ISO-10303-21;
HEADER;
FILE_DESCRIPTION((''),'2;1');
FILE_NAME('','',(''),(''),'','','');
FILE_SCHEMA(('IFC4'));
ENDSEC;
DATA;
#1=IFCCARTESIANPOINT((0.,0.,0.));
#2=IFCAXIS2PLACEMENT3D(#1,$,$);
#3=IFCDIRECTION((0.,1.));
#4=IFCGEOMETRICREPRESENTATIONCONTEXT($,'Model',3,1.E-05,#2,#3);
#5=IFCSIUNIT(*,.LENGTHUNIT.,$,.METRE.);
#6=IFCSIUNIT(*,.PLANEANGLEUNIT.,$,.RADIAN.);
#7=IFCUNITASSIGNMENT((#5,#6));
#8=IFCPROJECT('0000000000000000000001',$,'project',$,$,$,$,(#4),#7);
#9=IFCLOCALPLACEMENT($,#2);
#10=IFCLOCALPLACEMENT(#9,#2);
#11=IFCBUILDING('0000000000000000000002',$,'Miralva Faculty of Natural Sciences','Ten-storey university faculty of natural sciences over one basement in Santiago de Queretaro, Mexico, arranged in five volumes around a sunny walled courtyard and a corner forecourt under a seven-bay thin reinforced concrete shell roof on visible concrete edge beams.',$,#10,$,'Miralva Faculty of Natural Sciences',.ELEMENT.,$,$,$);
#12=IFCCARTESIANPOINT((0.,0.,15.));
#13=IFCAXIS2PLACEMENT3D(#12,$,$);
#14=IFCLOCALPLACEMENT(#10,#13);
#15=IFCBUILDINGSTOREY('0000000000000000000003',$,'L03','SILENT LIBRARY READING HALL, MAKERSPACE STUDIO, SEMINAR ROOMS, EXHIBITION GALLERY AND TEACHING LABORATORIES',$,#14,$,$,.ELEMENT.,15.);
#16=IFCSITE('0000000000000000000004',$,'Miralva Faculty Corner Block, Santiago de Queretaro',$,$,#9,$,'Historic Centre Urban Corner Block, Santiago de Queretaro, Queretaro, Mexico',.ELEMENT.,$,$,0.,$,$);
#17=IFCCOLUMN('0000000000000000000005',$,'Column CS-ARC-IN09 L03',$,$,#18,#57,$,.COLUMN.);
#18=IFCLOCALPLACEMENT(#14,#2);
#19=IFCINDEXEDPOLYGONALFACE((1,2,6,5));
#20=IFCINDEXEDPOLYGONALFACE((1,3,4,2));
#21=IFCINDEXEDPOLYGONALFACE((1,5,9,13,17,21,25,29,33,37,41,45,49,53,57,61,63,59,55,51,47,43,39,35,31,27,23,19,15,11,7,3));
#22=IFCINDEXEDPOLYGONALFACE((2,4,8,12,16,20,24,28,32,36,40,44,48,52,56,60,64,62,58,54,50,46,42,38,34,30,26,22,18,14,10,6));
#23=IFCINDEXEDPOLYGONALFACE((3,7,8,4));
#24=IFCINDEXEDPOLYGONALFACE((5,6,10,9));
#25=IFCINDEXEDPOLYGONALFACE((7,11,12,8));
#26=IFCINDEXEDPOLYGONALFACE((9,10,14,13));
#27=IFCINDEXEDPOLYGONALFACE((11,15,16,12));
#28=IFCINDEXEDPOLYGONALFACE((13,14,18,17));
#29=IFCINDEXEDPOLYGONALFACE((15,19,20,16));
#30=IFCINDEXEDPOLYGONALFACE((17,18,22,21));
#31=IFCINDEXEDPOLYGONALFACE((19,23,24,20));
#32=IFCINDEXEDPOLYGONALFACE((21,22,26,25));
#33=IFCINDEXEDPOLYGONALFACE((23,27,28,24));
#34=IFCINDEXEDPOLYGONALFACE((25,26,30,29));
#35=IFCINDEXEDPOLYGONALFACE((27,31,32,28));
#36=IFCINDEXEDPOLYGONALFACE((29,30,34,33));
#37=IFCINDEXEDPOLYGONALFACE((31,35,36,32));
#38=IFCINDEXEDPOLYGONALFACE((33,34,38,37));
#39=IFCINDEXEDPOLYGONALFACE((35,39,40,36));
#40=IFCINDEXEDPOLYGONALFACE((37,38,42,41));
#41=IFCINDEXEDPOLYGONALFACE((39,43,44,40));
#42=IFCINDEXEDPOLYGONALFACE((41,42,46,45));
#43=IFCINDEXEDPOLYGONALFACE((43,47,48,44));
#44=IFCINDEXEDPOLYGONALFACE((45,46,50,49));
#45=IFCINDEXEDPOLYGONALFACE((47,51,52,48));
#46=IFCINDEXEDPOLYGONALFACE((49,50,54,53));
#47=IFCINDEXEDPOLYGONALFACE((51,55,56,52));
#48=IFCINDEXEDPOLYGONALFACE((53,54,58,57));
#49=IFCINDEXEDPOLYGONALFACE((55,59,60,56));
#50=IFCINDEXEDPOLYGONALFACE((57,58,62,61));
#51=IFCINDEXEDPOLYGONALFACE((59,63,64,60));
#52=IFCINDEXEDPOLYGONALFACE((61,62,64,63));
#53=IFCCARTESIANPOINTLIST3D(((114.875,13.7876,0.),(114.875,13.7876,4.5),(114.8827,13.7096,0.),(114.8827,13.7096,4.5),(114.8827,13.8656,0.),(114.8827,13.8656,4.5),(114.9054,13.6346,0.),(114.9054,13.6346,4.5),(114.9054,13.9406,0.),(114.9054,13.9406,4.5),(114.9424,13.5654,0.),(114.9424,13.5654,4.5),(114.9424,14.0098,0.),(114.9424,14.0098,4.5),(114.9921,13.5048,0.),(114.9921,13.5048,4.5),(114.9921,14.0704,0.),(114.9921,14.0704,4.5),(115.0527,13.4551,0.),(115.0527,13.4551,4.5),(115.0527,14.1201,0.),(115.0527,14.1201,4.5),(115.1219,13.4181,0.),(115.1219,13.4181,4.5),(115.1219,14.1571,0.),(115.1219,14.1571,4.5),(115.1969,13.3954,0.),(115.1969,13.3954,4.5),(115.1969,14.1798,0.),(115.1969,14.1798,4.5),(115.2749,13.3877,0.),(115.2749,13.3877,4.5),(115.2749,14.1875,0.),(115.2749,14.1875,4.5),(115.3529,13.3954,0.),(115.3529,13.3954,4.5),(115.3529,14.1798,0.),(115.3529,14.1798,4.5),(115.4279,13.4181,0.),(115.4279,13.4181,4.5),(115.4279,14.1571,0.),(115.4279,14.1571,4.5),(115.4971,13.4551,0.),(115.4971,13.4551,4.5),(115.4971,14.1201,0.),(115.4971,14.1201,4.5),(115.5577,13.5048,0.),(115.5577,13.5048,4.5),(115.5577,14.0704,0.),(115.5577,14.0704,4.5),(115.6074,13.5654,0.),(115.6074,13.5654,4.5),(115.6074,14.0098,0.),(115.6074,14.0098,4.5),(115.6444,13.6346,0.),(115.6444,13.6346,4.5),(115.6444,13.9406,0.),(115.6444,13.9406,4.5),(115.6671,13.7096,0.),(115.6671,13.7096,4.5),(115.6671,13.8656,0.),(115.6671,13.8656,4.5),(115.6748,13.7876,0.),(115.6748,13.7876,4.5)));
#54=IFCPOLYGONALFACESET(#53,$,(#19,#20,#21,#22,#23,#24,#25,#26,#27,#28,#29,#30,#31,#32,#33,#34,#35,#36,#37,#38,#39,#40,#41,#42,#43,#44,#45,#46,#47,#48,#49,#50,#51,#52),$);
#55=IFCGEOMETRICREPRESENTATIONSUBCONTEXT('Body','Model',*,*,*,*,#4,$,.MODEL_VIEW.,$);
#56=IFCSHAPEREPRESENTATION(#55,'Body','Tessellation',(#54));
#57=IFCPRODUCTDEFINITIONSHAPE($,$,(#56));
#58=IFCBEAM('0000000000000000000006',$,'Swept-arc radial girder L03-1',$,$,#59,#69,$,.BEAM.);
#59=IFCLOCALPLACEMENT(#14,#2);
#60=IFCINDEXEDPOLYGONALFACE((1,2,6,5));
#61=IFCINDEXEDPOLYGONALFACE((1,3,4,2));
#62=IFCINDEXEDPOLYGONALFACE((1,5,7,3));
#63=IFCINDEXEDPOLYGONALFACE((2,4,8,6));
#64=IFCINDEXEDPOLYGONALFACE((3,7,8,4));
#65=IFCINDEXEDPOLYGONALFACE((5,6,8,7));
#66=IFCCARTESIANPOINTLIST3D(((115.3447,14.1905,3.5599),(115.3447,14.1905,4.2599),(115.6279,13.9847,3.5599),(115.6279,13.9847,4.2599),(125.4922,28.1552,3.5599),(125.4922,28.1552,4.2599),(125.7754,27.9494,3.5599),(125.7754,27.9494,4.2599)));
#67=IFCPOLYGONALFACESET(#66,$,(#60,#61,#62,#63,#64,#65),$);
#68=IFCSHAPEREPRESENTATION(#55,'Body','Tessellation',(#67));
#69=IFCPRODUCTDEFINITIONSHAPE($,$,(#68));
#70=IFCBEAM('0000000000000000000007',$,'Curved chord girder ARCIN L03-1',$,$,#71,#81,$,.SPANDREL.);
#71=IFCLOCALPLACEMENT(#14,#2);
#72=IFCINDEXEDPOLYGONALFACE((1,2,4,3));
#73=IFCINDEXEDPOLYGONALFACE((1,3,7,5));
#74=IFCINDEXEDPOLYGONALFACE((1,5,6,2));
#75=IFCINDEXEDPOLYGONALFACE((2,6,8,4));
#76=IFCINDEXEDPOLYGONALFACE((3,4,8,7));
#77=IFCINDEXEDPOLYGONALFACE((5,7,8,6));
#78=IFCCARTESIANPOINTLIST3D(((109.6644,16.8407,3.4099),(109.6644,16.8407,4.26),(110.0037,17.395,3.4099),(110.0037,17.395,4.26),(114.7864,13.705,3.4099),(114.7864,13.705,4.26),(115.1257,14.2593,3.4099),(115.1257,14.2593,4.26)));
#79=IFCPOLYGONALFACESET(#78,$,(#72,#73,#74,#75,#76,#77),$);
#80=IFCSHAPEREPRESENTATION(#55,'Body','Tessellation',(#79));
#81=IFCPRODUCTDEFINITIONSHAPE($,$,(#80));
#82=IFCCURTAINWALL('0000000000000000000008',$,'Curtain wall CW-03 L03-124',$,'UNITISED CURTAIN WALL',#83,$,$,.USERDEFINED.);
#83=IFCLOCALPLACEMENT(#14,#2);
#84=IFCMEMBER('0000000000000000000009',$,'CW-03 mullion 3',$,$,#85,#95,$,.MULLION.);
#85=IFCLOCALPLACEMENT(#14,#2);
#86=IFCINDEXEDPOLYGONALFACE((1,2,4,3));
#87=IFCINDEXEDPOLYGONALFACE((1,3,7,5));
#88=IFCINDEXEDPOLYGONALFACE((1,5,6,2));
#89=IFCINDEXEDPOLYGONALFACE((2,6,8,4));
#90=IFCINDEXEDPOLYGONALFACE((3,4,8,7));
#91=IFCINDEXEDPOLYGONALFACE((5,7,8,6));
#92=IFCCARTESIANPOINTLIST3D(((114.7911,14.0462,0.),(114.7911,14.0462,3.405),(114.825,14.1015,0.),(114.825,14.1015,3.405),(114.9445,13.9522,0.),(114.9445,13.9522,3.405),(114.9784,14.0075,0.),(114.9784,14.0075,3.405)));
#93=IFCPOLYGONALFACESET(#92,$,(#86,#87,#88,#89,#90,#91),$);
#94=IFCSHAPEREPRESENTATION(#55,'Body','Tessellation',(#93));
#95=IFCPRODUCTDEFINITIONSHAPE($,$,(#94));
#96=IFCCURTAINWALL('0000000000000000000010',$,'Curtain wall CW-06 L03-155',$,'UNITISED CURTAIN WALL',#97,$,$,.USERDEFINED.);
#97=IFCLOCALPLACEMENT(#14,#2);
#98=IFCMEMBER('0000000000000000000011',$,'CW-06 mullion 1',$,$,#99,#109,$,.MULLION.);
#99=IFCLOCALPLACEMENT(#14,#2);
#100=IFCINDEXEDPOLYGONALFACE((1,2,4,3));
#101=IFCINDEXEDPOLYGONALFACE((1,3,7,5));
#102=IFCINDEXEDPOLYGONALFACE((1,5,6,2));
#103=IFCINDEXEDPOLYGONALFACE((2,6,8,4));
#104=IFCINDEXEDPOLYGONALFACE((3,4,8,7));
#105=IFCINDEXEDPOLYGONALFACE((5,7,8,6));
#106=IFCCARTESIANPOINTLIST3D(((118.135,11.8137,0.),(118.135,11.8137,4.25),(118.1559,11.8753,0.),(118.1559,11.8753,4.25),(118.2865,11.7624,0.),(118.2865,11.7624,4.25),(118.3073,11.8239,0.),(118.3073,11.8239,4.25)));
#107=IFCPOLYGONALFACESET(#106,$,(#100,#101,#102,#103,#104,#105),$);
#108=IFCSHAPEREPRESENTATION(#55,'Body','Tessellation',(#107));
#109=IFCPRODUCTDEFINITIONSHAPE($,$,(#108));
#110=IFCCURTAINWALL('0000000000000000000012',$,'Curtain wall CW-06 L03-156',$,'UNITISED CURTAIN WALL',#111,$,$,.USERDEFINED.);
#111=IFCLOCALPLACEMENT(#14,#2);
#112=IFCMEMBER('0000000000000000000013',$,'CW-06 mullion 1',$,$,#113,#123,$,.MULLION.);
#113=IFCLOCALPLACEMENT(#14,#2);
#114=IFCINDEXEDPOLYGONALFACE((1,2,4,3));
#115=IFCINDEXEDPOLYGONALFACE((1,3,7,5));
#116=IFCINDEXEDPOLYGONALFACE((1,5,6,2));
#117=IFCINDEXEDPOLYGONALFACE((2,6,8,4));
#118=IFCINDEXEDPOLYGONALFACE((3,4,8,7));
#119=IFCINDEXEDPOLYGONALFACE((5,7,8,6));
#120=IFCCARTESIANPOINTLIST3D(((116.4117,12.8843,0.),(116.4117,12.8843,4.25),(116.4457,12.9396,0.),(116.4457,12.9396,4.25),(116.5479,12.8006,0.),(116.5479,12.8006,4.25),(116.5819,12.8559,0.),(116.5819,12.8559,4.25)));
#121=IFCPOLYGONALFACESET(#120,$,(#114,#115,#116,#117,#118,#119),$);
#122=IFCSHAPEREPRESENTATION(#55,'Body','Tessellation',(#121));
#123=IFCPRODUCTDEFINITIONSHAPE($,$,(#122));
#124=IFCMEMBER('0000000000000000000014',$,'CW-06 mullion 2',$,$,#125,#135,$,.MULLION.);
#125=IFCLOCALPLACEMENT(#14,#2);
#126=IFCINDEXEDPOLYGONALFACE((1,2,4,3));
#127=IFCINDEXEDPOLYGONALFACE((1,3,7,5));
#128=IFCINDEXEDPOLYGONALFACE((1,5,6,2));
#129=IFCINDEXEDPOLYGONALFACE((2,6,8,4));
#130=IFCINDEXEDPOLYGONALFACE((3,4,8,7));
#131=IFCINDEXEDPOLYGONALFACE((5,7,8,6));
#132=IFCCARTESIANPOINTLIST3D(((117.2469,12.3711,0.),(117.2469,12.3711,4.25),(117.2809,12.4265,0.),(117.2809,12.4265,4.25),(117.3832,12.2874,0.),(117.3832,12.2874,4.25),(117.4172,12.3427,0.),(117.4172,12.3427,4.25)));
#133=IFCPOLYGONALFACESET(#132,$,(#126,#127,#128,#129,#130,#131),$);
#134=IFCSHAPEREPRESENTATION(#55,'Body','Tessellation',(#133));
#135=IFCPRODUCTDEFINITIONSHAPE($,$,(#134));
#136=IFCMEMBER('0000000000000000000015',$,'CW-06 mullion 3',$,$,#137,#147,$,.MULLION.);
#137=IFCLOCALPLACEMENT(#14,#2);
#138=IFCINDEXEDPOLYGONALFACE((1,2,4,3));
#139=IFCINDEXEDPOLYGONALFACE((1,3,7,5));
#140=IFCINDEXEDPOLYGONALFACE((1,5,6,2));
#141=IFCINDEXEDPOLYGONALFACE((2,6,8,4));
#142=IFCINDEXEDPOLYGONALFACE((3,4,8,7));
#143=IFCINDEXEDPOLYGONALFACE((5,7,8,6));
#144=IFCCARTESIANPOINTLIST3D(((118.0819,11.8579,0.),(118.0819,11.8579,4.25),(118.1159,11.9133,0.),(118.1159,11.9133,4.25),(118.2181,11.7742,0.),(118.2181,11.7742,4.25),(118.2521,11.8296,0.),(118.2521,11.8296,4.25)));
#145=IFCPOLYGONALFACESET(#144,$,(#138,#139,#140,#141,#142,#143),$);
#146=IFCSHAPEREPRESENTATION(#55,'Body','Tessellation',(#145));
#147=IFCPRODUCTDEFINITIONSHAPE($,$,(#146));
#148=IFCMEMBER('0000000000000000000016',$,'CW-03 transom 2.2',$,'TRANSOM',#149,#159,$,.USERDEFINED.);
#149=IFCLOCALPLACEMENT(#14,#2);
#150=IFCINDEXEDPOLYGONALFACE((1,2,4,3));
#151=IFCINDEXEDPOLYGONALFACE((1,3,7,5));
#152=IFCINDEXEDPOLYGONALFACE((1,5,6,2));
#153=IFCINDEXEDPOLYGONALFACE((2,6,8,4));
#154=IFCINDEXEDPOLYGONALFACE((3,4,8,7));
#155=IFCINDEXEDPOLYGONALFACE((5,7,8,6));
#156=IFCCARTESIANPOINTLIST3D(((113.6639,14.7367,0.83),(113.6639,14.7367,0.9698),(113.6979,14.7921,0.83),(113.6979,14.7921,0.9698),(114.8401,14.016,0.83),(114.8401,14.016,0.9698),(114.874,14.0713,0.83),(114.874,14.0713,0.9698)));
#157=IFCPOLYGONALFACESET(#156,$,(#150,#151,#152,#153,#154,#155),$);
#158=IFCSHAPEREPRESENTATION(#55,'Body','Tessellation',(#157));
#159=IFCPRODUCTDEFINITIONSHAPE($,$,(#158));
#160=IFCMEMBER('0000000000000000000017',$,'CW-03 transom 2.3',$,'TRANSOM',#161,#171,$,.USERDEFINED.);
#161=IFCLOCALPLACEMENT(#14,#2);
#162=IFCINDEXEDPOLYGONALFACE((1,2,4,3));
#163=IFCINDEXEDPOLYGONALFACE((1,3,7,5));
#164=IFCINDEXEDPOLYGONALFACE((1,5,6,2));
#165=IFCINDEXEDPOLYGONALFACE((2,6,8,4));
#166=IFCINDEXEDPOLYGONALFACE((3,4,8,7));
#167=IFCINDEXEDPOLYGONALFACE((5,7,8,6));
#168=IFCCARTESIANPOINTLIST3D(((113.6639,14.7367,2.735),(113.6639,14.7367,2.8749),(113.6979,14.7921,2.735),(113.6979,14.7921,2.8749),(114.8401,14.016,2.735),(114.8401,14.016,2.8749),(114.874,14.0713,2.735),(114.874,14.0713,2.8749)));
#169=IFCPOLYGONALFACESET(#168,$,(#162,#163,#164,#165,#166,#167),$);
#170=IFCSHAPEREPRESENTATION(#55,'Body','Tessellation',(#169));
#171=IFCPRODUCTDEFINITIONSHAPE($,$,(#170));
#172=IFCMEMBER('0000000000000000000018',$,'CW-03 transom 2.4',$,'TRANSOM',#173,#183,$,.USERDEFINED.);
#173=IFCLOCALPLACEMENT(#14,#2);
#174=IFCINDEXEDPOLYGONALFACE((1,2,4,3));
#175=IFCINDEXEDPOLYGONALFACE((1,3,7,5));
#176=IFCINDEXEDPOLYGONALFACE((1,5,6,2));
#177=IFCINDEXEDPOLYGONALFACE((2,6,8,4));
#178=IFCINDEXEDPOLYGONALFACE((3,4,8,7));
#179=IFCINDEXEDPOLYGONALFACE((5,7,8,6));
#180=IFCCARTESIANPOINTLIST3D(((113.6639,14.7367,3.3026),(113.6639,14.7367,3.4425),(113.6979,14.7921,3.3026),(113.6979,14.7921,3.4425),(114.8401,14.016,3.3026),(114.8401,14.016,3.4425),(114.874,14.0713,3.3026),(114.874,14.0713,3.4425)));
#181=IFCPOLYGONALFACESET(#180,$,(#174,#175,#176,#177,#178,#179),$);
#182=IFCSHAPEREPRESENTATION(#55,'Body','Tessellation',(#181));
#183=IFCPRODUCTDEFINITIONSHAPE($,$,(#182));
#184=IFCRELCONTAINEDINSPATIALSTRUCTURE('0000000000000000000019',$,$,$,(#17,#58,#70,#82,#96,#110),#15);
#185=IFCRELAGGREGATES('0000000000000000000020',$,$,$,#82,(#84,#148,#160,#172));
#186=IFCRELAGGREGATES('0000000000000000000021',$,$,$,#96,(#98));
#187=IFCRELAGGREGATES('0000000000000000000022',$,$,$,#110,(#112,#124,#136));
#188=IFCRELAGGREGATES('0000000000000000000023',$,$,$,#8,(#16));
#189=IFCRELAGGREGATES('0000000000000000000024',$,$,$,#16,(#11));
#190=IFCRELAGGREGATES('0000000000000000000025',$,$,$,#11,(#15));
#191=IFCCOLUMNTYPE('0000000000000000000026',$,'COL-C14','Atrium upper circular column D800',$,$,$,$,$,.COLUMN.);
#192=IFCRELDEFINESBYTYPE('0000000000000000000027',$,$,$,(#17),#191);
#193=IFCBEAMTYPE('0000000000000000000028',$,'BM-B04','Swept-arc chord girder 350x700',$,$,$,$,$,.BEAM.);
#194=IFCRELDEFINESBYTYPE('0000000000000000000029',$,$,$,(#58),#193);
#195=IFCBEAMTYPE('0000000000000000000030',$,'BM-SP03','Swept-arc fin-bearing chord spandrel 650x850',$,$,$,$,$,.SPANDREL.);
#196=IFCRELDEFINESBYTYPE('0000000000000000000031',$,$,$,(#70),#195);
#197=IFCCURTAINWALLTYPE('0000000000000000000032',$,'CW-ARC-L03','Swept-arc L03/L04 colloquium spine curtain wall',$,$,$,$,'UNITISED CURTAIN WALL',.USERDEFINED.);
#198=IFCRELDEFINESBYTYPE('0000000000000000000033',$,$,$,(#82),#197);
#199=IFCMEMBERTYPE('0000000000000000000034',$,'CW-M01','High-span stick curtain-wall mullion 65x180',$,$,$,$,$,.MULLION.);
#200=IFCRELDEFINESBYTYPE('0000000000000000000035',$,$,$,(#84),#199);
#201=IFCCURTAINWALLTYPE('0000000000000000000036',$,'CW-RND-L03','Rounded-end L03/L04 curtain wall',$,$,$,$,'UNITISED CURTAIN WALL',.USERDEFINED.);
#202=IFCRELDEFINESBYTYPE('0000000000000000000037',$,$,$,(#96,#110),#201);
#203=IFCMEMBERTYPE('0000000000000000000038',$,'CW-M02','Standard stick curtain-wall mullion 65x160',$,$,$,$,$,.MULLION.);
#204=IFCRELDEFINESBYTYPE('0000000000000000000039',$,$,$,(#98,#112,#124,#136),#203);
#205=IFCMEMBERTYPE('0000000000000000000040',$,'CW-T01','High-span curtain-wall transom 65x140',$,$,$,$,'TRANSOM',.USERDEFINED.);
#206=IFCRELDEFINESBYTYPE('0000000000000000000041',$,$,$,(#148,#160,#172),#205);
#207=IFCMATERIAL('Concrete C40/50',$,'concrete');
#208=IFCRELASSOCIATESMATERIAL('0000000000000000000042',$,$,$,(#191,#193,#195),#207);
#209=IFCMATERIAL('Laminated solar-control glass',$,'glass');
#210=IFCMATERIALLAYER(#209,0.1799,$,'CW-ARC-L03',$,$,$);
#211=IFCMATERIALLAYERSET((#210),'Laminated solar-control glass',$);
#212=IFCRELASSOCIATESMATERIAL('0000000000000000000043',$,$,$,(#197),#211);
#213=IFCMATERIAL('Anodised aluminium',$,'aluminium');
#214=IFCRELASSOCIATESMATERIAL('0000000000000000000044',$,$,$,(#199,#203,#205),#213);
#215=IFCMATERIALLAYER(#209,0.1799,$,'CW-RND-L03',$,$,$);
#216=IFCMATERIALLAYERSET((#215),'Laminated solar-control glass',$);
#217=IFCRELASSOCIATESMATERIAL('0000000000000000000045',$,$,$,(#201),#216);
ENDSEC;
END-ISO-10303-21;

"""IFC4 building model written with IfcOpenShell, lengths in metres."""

from ifc_helpers import new_model, si_unit, direction, frame, origin, origin_2d, place, context, subcontext, project, spatial, rectangle, circle, extrude, material, layer, layer_set, material_profile, profile_set, type_object, element, aggregate, save


model = new_model("IFC4")

# Units and contexts
model_context = context("Model", 3, precision=1e-05, world=origin(), true_north=direction((0.0, 1.0)))
body_context = subcontext(model_context, "Body", "Model", "MODEL_VIEW")
ifc_project = project(units=[si_unit("LENGTHUNIT", "METRE"), si_unit("PLANEANGLEUNIT", "RADIAN")], contexts=[model_context])

# Site, building, storey
site_placement = place(None, origin())
site = spatial("IfcSite", under=ifc_project, at=site_placement, Name="Miralva Faculty Corner Block, Santiago de Queretaro", LongName="Historic Centre Urban Corner Block, Santiago de Queretaro, Queretaro, Mexico", CompositionType="ELEMENT", RefElevation=0.0)
building_placement = place(site_placement, origin())
building = spatial("IfcBuilding", under=site, at=building_placement, Name="Miralva Faculty of Natural Sciences", Description="Ten-storey university faculty of natural sciences over one basement in Santiago de Queretaro, Mexico, arranged in five volumes around a sunny walled courtyard and a corner forecourt under a seven-bay thin reinforced concrete shell roof on visible concrete edge beams.", LongName="Miralva Faculty of Natural Sciences", CompositionType="ELEMENT")
storey_placement = place(building_placement, frame((0.0, 0.0, 15.0)))
storey = spatial("IfcBuildingStorey", under=building, at=storey_placement, Name="L03", Description="SILENT LIBRARY READING HALL, MAKERSPACE STUDIO, SEMINAR ROOMS, EXHIBITION GALLERY AND TEACHING LABORATORIES", CompositionType="ELEMENT", Elevation=15.0)

# Column
ifc_material_1 = material(Name="Concrete C40/50", Category="concrete")
ifc_material_profile_1 = material_profile(ifc_material_1, circle(Radius=0.3999, at=origin_2d()), Name="RC DIA 800")
ifc_profile_set_1 = profile_set([ifc_material_profile_1], Name="Concrete C40/50")
column_type = type_object("IfcColumnType", Name="COL-C14", Description="Atrium upper circular column D800", PredefinedType="COLUMN", material=ifc_profile_set_1)
column_placement = place(storey_placement, frame((115.2749, 13.7876, 0.0), z_axis=(0.0, 0.0, 1.0), x_axis=(1.0, 0.0, 0.0)))
element("IfcColumn", 1, at=column_placement, inside=storey, type_object=column_type, Name="Column CS-ARC-IN09 L03", PredefinedType="COLUMN", context=body_context, shape_type="SweptSolid", body=[
    extrude(circle(Radius=0.3999, at=origin_2d()), origin(), (0.0, 0.0, 1.0), 4.5),
])

# Beams
ifc_material_profile_2 = material_profile(ifc_material_1, rectangle(XDim=0.3501, YDim=0.7, at=origin_2d()), Name="RC 350x700")
ifc_profile_set_2 = profile_set([ifc_material_profile_2], Name="Concrete C40/50")
beam_type_1 = type_object("IfcBeamType", Name="BM-B04", Description="Swept-arc chord girder 350x700", PredefinedType="BEAM", material=ifc_profile_set_2)
beam_1_placement = place(storey_placement, frame((115.4863, 14.0876, 3.9099), z_axis=(0.587845, 0.808973, 0.0), x_axis=(-0.808973, 0.587845, 0.0)))
element("IfcBeam", 2, at=beam_1_placement, inside=storey, type_object=beam_type_1, Name="Swept-arc radial girder L03-1", PredefinedType="BEAM", context=body_context, shape_type="SweptSolid", body=[
    extrude(rectangle(XDim=0.3501, YDim=0.7, at=origin_2d()), origin(), (0.0, 0.0, 1.0), 17.2622),
])
ifc_material_profile_3 = material_profile(ifc_material_1, rectangle(XDim=0.6499, YDim=0.8501, at=origin_2d()), Name="RC 650x850")
ifc_profile_set_3 = profile_set([ifc_material_profile_3], Name="Concrete C40/50")
beam_type_2 = type_object("IfcBeamType", Name="BM-SP03", Description="Swept-arc fin-bearing chord spandrel 650x850", PredefinedType="SPANDREL", material=ifc_profile_set_3)
beam_2_placement = place(storey_placement, frame((114.9561, 13.9822, 3.835), z_axis=(-0.852868, 0.522127, 0.0), x_axis=(-0.522127, -0.852868, 0.0)))
element("IfcBeam", 3, at=beam_2_placement, inside=storey, type_object=beam_type_2, Name="Curved chord girder ARCIN L03-1", PredefinedType="SPANDREL", context=body_context, shape_type="SweptSolid", body=[
    extrude(rectangle(XDim=0.6499, YDim=0.8501, at=origin_2d()), origin(), (0.0, 0.0, 1.0), 6.0056),
])

# Curtain walls, members
ifc_material_2 = material(Name="Laminated solar-control glass", Category="glass")
ifc_layer_1 = layer(ifc_material_2, 0.1799, Name="CW-ARC-L03")
ifc_layer_set_1 = layer_set([ifc_layer_1], Name="Laminated solar-control glass")
curtain_wall_type_1 = type_object("IfcCurtainWallType", Name="CW-ARC-L03", Description="Swept-arc L03/L04 colloquium spine curtain wall", ElementType="UNITISED CURTAIN WALL", PredefinedType="USERDEFINED", material=ifc_layer_set_1)
curtain_wall_1_placement = place(storey_placement, origin())
curtain_wall_1 = element("IfcCurtainWall", 4, at=curtain_wall_1_placement, inside=storey, type_object=curtain_wall_type_1, Name="Curtain wall CW-03 L03-124", ObjectType="UNITISED CURTAIN WALL", PredefinedType="USERDEFINED")
ifc_material_3 = material(Name="Anodised aluminium", Category="aluminium")
ifc_material_profile_4 = material_profile(ifc_material_3, rectangle(XDim=0.0649, YDim=0.1799, at=origin_2d()), Name="MULLION 65x180")
ifc_profile_set_4 = profile_set([ifc_material_profile_4], Name="Anodised aluminium")
member_type_1 = type_object("IfcMemberType", Name="CW-M01", Description="High-span stick curtain-wall mullion 65x180", PredefinedType="MULLION", material=ifc_profile_set_4)
member_1_placement = place(storey_placement, frame((114.8848, 14.0269, 0.0), z_axis=(0.0, 0.0, 1.0), x_axis=(0.522489, 0.852646, 0.0)))
member_1 = element("IfcMember", 5, at=member_1_placement, type_object=member_type_1, Name="CW-03 mullion 3", PredefinedType="MULLION", context=body_context, shape_type="SweptSolid", body=[
    extrude(rectangle(XDim=0.0649, YDim=0.1799, at=origin_2d()), origin(), (0.0, 0.0, 1.0), 3.405),
])
ifc_layer_2 = layer(ifc_material_2, 0.1799, Name="CW-RND-L03")
ifc_layer_set_2 = layer_set([ifc_layer_2], Name="Laminated solar-control glass")
curtain_wall_type_2 = type_object("IfcCurtainWallType", Name="CW-RND-L03", Description="Rounded-end L03/L04 curtain wall", ElementType="UNITISED CURTAIN WALL", PredefinedType="USERDEFINED", material=ifc_layer_set_2)
curtain_wall_2_placement = place(storey_placement, origin())
curtain_wall_2 = element("IfcCurtainWall", 6, at=curtain_wall_2_placement, inside=storey, type_object=curtain_wall_type_2, Name="Curtain wall CW-06 L03-155", ObjectType="UNITISED CURTAIN WALL", PredefinedType="USERDEFINED")
ifc_material_profile_5 = material_profile(ifc_material_3, rectangle(XDim=0.0649, YDim=0.1599, at=origin_2d()), Name="MULLION 65x160")
ifc_profile_set_5 = profile_set([ifc_material_profile_5], Name="Anodised aluminium")
member_type_2 = type_object("IfcMemberType", Name="CW-M02", Description="Standard stick curtain-wall mullion 65x160", PredefinedType="MULLION", material=ifc_profile_set_5)
member_2_placement = place(storey_placement, frame((118.2212, 11.8188, 0.0), z_axis=(0.0, 0.0, 1.0), x_axis=(0.320842, 0.947133, 0.0)))
member_2 = element("IfcMember", 7, at=member_2_placement, type_object=member_type_2, Name="CW-06 mullion 1", PredefinedType="MULLION", context=body_context, shape_type="SweptSolid", body=[
    extrude(rectangle(XDim=0.0649, YDim=0.1599, at=origin_2d()), origin(), (0.0, 0.0, 1.0), 4.25),
])

# Curtain wall, members
curtain_wall_3_placement = place(storey_placement, origin())
curtain_wall_3 = element("IfcCurtainWall", 8, at=curtain_wall_3_placement, inside=storey, type_object=curtain_wall_type_2, Name="Curtain wall CW-06 L03-156", ObjectType="UNITISED CURTAIN WALL", PredefinedType="USERDEFINED")
member_3_placement = place(storey_placement, frame((116.4968, 12.8701, 0.0), z_axis=(0.0, 0.0, 1.0), x_axis=(0.523535, 0.852004, 0.0)))
member_3 = element("IfcMember", 9, at=member_3_placement, type_object=member_type_2, Name="CW-06 mullion 1", PredefinedType="MULLION", context=body_context, shape_type="SweptSolid", body=[
    extrude(rectangle(XDim=0.0649, YDim=0.1599, at=origin_2d()), origin(), (0.0, 0.0, 1.0), 4.25),
])
member_4_placement = place(storey_placement, frame((117.332, 12.3569, 0.0), z_axis=(0.0, 0.0, 1.0), x_axis=(0.523535, 0.852004, 0.0)))
member_4 = element("IfcMember", 10, at=member_4_placement, type_object=member_type_2, Name="CW-06 mullion 2", PredefinedType="MULLION", context=body_context, shape_type="SweptSolid", body=[
    extrude(rectangle(XDim=0.0649, YDim=0.1599, at=origin_2d()), origin(), (0.0, 0.0, 1.0), 4.25),
])
member_5_placement = place(storey_placement, frame((118.167, 11.8438, 0.0), z_axis=(0.0, 0.0, 1.0), x_axis=(0.523535, 0.852004, 0.0)))
member_5 = element("IfcMember", 11, at=member_5_placement, type_object=member_type_2, Name="CW-06 mullion 3", PredefinedType="MULLION", context=body_context, shape_type="SweptSolid", body=[
    extrude(rectangle(XDim=0.0649, YDim=0.1599, at=origin_2d()), origin(), (0.0, 0.0, 1.0), 4.25),
])

# Members
ifc_material_profile_6 = material_profile(ifc_material_3, rectangle(XDim=0.0649, YDim=0.1399, at=origin_2d()), Name="TRANSOM 65x140")
ifc_profile_set_6 = profile_set([ifc_material_profile_6], Name="Anodised aluminium")
member_type_3 = type_object("IfcMemberType", Name="CW-T01", Description="High-span curtain-wall transom 65x140", ElementType="TRANSOM", PredefinedType="USERDEFINED", material=ifc_profile_set_6)
member_6_placement = place(storey_placement, frame((113.6809, 14.7644, 0.8999), z_axis=(0.852629, -0.522516, 0.0), x_axis=(0.522516, 0.852629, 0.0)))
member_6 = element("IfcMember", 12, at=member_6_placement, type_object=member_type_3, Name="CW-03 transom 2.2", ObjectType="TRANSOM", PredefinedType="USERDEFINED", context=body_context, shape_type="SweptSolid", body=[
    extrude(rectangle(XDim=0.0649, YDim=0.1399, at=origin_2d()), origin(), (0.0, 0.0, 1.0), 1.3794),
])
member_7_placement = place(storey_placement, frame((113.6809, 14.7644, 2.8049), z_axis=(0.852629, -0.522516, 0.0), x_axis=(0.522516, 0.852629, 0.0)))
member_7 = element("IfcMember", 13, at=member_7_placement, type_object=member_type_3, Name="CW-03 transom 2.3", ObjectType="TRANSOM", PredefinedType="USERDEFINED", context=body_context, shape_type="SweptSolid", body=[
    extrude(rectangle(XDim=0.0649, YDim=0.1399, at=origin_2d()), origin(), (0.0, 0.0, 1.0), 1.3794),
])
member_8_placement = place(storey_placement, frame((113.6809, 14.7644, 3.3726), z_axis=(0.852629, -0.522516, 0.0), x_axis=(0.522516, 0.852629, 0.0)))
member_8 = element("IfcMember", 14, at=member_8_placement, type_object=member_type_3, Name="CW-03 transom 2.4", ObjectType="TRANSOM", PredefinedType="USERDEFINED", context=body_context, shape_type="SweptSolid", body=[
    extrude(rectangle(XDim=0.0649, YDim=0.1399, at=origin_2d()), origin(), (0.0, 0.0, 1.0), 1.3794),
])

aggregate(curtain_wall_1, [member_1, member_6, member_7, member_8])
aggregate(curtain_wall_2, [member_2])
aggregate(curtain_wall_3, [member_3, member_4, member_5])

save(model, "model.ifc")
